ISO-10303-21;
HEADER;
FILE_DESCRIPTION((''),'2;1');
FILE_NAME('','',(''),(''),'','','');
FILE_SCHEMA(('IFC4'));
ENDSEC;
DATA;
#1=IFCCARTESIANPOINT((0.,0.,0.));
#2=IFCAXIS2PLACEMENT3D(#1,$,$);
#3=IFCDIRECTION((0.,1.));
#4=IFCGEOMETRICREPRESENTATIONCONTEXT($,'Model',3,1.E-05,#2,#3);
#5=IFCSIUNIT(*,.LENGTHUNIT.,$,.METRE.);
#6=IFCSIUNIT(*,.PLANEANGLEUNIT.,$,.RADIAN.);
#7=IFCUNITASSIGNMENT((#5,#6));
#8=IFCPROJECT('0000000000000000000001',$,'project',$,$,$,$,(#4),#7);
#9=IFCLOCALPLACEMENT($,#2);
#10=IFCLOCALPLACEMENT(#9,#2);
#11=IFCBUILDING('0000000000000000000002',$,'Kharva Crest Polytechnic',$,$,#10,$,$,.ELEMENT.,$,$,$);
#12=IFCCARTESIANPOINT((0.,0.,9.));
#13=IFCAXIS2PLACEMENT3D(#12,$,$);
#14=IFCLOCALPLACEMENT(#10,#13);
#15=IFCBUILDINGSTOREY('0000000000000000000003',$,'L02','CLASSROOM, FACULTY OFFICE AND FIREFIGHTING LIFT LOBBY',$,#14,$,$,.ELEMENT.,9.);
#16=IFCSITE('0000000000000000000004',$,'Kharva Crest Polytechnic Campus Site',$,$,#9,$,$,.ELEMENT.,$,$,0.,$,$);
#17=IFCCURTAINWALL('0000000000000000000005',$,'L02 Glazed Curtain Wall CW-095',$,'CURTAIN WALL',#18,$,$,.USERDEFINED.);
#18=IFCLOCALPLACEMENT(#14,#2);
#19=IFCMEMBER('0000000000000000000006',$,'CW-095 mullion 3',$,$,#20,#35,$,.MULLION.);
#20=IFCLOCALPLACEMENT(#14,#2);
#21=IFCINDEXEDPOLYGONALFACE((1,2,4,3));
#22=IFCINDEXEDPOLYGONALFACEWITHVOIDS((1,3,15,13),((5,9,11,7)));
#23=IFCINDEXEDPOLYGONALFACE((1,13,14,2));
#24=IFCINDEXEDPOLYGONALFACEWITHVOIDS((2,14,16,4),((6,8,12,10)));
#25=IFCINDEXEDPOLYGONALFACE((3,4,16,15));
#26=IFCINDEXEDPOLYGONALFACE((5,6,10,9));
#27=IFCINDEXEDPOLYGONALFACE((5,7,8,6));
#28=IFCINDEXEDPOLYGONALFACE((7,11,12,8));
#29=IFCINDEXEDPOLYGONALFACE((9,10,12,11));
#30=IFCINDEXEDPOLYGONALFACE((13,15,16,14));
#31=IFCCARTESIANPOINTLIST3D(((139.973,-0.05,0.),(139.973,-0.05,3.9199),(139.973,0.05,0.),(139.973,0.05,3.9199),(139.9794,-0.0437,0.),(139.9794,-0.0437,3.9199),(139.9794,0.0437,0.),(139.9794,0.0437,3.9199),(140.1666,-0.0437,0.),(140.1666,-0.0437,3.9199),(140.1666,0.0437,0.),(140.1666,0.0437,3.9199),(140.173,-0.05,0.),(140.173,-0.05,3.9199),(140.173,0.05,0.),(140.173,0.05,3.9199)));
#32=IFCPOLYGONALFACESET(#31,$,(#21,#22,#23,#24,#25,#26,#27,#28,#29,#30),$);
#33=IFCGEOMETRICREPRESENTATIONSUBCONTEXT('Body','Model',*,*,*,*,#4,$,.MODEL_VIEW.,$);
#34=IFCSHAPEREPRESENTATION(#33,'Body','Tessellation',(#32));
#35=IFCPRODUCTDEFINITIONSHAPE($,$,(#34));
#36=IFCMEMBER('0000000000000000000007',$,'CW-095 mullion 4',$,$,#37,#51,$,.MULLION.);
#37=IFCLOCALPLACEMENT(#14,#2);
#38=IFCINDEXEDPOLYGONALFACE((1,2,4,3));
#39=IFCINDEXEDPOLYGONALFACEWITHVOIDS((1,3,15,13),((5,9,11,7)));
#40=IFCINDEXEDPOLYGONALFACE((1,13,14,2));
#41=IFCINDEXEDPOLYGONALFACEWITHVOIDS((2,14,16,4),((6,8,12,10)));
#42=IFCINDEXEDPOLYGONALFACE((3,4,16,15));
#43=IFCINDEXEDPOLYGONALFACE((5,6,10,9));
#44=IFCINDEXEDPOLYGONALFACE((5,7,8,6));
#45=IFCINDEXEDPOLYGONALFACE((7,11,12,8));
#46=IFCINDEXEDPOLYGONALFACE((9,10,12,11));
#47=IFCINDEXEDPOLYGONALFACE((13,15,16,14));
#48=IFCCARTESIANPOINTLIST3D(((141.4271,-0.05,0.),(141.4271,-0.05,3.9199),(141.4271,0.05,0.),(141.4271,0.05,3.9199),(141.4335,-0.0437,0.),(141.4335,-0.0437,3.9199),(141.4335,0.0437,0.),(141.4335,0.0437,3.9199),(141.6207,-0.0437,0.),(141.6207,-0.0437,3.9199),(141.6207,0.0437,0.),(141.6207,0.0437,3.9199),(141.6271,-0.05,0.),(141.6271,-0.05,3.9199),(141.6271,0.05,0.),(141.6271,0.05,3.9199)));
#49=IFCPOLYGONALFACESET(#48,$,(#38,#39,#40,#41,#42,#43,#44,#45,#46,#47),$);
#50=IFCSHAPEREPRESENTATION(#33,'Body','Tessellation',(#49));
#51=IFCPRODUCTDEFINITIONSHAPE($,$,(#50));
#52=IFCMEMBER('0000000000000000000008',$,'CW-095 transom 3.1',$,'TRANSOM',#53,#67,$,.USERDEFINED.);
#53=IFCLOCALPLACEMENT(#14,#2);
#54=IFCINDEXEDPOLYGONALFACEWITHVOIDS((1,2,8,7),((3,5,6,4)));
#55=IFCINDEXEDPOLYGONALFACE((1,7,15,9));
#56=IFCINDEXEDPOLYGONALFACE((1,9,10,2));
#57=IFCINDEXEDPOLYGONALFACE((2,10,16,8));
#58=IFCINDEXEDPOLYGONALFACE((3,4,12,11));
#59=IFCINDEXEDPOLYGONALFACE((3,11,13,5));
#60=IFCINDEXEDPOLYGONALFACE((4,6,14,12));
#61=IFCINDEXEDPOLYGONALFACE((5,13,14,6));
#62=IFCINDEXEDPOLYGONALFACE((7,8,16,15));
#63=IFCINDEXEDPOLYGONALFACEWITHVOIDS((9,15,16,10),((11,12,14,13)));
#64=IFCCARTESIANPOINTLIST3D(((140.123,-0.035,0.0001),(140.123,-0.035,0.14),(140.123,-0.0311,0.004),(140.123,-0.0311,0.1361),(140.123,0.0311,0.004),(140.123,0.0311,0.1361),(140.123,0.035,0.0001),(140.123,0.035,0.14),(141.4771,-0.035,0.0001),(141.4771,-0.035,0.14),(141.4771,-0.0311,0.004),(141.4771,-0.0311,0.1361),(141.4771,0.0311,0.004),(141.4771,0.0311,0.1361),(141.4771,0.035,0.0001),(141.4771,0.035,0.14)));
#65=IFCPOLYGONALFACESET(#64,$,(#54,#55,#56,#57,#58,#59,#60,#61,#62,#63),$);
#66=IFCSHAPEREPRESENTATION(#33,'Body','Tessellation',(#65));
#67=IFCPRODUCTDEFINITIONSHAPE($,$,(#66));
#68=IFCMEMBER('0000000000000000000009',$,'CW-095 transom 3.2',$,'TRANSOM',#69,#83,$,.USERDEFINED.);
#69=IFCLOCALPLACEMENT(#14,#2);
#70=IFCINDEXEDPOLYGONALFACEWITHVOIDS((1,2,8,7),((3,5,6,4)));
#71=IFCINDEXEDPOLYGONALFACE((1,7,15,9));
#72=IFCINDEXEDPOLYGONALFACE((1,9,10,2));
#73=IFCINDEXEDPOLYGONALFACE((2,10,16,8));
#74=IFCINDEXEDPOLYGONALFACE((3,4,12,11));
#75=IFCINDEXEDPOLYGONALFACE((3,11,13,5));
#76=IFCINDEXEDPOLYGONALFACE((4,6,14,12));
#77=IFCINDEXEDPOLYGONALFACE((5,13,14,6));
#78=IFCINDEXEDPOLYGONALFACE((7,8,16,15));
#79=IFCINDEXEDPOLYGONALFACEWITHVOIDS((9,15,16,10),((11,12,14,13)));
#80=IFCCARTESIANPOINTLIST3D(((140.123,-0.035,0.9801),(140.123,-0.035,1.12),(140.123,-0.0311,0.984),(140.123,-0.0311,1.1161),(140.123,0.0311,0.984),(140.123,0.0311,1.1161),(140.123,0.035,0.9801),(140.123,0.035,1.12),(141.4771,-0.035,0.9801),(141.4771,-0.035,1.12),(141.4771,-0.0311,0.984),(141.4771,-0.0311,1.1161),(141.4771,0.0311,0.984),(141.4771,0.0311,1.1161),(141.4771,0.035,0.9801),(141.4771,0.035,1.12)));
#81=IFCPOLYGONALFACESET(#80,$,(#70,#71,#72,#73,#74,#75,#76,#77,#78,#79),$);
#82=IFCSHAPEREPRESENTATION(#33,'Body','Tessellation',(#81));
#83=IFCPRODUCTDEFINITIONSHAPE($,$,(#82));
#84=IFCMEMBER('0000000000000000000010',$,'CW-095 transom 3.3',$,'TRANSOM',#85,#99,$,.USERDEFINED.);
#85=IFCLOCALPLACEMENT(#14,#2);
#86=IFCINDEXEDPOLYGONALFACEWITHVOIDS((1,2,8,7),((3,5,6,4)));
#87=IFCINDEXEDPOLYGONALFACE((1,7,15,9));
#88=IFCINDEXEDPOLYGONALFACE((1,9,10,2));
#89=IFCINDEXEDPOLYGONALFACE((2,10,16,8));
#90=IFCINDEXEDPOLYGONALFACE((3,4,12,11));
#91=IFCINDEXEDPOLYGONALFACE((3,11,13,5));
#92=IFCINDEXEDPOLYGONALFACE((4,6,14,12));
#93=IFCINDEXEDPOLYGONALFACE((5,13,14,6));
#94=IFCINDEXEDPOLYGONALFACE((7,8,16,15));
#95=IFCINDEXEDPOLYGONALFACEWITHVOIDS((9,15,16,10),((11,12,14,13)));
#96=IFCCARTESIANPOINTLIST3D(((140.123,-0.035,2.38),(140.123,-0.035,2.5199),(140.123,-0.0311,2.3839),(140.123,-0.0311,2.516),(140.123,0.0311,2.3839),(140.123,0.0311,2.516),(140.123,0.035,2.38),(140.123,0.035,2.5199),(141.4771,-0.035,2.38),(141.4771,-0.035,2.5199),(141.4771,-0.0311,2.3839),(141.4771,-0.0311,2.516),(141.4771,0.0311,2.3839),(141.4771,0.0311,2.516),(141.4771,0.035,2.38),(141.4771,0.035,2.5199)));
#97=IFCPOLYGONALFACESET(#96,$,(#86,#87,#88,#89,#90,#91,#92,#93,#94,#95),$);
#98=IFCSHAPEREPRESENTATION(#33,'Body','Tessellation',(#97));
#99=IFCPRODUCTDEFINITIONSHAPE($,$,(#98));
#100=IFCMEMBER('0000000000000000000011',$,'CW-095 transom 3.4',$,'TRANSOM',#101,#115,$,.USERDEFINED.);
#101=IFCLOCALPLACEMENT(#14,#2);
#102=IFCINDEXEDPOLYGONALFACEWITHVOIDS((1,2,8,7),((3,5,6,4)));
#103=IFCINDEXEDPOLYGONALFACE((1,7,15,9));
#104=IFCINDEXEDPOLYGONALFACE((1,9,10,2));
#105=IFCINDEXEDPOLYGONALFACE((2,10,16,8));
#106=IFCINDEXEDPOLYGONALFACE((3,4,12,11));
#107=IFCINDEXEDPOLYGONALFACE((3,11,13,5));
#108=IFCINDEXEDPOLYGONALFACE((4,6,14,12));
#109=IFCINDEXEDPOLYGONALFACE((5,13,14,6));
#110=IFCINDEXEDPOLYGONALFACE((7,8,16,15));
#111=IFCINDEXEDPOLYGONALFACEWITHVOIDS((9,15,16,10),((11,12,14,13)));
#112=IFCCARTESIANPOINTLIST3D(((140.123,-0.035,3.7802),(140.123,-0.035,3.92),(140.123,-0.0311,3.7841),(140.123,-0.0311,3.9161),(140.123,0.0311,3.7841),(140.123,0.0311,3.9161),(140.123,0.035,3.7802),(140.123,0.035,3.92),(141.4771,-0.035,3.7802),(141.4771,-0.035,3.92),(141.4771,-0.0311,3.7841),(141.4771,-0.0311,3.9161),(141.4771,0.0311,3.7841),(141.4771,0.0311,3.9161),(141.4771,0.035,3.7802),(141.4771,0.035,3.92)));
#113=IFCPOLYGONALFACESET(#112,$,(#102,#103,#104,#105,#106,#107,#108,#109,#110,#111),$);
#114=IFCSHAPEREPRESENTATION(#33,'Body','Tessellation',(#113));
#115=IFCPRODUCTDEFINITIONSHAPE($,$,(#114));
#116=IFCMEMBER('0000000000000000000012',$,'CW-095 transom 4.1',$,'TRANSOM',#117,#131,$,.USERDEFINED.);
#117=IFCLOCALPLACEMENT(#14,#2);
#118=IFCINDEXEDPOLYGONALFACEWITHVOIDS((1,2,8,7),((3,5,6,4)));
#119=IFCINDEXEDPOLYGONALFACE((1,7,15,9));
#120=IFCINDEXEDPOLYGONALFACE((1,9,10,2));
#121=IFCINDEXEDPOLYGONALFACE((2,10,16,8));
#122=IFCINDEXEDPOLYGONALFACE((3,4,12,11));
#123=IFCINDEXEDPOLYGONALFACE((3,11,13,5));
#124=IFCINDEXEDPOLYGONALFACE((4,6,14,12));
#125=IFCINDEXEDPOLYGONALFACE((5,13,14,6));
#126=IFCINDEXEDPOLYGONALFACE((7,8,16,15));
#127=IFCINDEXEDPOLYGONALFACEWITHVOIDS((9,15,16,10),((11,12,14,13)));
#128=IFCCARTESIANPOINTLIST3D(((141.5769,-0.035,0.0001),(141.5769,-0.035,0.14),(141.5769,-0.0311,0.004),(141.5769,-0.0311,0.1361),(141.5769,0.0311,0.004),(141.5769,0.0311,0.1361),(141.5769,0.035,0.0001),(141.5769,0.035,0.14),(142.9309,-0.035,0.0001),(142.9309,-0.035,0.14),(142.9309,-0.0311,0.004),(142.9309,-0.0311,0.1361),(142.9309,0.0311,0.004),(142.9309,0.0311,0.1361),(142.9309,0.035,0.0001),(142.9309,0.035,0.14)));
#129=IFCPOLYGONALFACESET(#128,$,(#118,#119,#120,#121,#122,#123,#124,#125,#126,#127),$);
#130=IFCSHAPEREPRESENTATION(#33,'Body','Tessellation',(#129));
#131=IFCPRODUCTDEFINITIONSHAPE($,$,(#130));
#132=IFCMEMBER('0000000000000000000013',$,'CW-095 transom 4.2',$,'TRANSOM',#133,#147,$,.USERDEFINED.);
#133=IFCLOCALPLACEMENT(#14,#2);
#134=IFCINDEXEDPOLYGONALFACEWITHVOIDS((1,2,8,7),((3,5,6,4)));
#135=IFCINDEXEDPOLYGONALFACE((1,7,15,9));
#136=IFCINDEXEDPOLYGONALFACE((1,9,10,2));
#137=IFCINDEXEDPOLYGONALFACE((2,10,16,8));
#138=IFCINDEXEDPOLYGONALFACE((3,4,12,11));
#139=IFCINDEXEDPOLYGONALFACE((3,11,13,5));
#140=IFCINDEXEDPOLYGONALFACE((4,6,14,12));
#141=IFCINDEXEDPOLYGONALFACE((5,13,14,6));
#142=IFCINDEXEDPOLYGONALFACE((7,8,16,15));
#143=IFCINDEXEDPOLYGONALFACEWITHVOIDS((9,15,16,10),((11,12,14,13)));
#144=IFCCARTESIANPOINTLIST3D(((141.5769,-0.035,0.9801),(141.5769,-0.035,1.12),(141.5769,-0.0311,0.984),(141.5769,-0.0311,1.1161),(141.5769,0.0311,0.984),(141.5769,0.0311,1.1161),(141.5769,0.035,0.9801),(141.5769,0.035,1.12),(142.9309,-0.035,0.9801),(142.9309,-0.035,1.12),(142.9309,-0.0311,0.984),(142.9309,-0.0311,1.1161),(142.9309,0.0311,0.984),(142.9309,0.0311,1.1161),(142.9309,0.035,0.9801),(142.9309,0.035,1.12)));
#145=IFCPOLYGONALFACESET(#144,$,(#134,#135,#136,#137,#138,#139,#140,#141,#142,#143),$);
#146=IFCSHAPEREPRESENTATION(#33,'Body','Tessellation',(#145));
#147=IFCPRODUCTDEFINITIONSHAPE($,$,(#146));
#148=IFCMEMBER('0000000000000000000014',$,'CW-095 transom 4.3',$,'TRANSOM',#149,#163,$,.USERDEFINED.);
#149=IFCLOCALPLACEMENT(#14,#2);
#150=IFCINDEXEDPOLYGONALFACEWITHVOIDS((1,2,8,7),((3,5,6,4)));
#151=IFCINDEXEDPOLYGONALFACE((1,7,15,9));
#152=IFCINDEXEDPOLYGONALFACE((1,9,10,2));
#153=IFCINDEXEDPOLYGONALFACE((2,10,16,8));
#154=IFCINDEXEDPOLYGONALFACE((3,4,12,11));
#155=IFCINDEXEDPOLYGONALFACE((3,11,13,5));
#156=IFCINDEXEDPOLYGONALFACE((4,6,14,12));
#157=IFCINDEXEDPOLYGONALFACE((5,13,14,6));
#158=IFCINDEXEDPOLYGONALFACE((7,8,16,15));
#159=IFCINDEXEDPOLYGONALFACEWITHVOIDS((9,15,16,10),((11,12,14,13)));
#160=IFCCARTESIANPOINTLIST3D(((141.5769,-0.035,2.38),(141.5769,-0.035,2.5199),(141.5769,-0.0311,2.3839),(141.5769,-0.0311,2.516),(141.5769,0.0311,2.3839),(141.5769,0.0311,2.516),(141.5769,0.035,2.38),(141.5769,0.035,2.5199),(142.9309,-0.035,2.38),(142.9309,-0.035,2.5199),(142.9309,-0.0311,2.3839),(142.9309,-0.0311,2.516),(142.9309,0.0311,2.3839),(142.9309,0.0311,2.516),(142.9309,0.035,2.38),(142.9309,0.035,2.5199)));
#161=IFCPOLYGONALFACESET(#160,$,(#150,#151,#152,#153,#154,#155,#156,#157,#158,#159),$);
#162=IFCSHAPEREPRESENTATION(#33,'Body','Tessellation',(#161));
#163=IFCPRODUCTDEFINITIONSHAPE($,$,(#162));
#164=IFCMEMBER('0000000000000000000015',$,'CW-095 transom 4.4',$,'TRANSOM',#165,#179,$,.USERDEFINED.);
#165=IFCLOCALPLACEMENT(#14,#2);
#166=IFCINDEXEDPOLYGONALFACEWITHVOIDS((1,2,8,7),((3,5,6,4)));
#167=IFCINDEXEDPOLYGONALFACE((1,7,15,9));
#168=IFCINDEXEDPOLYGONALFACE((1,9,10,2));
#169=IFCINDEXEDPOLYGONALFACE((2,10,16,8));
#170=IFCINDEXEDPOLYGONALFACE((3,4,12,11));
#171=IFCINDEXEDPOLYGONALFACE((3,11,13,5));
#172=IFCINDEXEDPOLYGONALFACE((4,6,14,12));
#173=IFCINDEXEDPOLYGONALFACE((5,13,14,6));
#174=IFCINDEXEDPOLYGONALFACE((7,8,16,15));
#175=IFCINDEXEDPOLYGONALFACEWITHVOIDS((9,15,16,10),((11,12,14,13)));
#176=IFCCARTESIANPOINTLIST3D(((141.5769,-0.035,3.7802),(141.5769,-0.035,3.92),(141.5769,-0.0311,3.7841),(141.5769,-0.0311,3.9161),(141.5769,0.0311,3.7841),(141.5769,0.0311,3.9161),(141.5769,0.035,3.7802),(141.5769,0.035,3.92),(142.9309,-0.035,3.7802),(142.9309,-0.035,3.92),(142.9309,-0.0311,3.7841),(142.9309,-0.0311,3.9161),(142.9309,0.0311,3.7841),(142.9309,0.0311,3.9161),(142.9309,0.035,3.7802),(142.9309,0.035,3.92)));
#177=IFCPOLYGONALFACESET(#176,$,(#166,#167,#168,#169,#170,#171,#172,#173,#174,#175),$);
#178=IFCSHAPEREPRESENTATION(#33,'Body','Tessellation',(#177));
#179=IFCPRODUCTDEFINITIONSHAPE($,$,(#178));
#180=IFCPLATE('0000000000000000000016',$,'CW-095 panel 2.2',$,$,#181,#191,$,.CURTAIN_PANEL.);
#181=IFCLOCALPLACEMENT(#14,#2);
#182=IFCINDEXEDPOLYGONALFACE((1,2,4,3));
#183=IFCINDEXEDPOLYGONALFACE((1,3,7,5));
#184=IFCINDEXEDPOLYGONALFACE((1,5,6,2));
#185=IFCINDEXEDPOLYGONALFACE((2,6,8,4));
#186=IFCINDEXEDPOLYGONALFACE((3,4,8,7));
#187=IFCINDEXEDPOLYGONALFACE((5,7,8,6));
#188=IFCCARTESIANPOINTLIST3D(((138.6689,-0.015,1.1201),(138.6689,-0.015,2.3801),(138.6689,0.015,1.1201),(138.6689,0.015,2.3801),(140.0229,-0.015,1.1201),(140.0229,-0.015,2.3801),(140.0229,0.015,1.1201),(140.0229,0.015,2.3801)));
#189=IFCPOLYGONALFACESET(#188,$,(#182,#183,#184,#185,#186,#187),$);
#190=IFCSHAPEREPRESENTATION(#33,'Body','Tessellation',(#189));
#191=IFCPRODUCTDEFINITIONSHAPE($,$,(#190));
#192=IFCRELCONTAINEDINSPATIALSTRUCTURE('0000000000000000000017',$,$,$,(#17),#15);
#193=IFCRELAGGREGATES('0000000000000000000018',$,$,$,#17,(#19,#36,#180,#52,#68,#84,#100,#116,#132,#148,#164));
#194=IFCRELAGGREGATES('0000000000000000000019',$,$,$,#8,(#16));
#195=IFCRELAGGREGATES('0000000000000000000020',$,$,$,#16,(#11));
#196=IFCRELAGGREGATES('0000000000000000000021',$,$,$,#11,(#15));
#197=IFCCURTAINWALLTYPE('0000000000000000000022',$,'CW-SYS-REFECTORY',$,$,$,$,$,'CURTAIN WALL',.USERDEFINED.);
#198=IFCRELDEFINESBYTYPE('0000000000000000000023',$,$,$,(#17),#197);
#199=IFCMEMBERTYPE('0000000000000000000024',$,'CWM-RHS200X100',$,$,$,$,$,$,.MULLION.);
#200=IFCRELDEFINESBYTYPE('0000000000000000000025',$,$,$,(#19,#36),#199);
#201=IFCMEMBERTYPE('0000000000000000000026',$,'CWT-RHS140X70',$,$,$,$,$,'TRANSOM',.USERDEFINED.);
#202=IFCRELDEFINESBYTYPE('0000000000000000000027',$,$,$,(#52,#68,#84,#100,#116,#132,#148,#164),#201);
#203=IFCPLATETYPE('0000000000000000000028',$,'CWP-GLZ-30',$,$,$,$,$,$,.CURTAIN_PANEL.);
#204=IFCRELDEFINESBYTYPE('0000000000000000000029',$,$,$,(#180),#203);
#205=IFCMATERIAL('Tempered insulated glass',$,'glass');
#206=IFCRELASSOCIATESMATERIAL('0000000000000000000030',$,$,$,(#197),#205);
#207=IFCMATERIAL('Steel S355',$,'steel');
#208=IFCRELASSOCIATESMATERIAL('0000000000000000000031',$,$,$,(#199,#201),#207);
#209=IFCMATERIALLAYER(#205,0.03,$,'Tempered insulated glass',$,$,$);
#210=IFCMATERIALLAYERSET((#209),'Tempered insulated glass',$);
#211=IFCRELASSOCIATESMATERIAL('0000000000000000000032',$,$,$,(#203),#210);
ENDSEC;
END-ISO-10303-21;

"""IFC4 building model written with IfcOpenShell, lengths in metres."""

from ifc_helpers import new_model, si_unit, direction, frame, origin, origin_2d, place, context, subcontext, project, spatial, rectangle, hollow_rectangle, extrude, material, layer, layer_set, material_profile, profile_set, type_object, element, aggregate, save


model = new_model("IFC4")

# Units and contexts
model_context = context("Model", 3, precision=1e-05, world=origin(), true_north=direction((0.0, 1.0)))
body_context = subcontext(model_context, "Body", "Model", "MODEL_VIEW")
ifc_project = project(units=[si_unit("LENGTHUNIT", "METRE"), si_unit("PLANEANGLEUNIT", "RADIAN")], contexts=[model_context])

# Site, building, storey
site_placement = place(None, origin())
site = spatial("IfcSite", under=ifc_project, at=site_placement, Name="Kharva Crest Polytechnic Campus Site", CompositionType="ELEMENT", RefElevation=0.0)
building_placement = place(site_placement, origin())
building = spatial("IfcBuilding", under=site, at=building_placement, Name="Kharva Crest Polytechnic", CompositionType="ELEMENT")
storey_placement = place(building_placement, frame((0.0, 0.0, 9.0)))
storey = spatial("IfcBuildingStorey", under=building, at=storey_placement, Name="L02", Description="CLASSROOM, FACULTY OFFICE AND FIREFIGHTING LIFT LOBBY", CompositionType="ELEMENT", Elevation=9.0)

# Curtain wall, members, plate
ifc_material_1 = material(Name="Tempered insulated glass", Category="glass")
curtain_wall_type = type_object("IfcCurtainWallType", Name="CW-SYS-REFECTORY", ElementType="CURTAIN WALL", PredefinedType="USERDEFINED", material=ifc_material_1)
curtain_wall_placement = place(storey_placement, origin())
curtain_wall = element("IfcCurtainWall", 1, at=curtain_wall_placement, inside=storey, type_object=curtain_wall_type, Name="L02 Glazed Curtain Wall CW-095", ObjectType="CURTAIN WALL", PredefinedType="USERDEFINED")
ifc_material_2 = material(Name="Steel S355", Category="steel")
ifc_material_profile_1 = material_profile(ifc_material_2, hollow_rectangle(XDim=0.1001, YDim=0.2, WallThickness=0.0063, at=origin_2d()), Name="RHS 200X100X6.3")
ifc_profile_set_1 = profile_set([ifc_material_profile_1], Name="Steel S355")
member_type_1 = type_object("IfcMemberType", Name="CWM-RHS200X100", PredefinedType="MULLION", material=ifc_profile_set_1)
member_1_placement = place(storey_placement, frame((140.073, 0.0, 0.0), z_axis=(0.0, 0.0, 1.0), x_axis=(0.0, 1.0, 0.0)))
member_1 = element("IfcMember", 2, at=member_1_placement, type_object=member_type_1, Name="CW-095 mullion 3", PredefinedType="MULLION", context=body_context, shape_type="SweptSolid", body=[
    extrude(hollow_rectangle(XDim=0.1001, YDim=0.2, WallThickness=0.0063, at=origin_2d()), origin(), (0.0, 0.0, 1.0), 3.9199),
])
member_2_placement = place(storey_placement, frame((141.5271, 0.0, 0.0), z_axis=(0.0, 0.0, 1.0), x_axis=(0.0, 1.0, 0.0)))
member_2 = element("IfcMember", 3, at=member_2_placement, type_object=member_type_1, Name="CW-095 mullion 4", PredefinedType="MULLION", context=body_context, shape_type="SweptSolid", body=[
    extrude(hollow_rectangle(XDim=0.1001, YDim=0.2, WallThickness=0.0063, at=origin_2d()), origin(), (0.0, 0.0, 1.0), 3.9199),
])
ifc_material_profile_2 = material_profile(ifc_material_2, hollow_rectangle(XDim=0.0701, YDim=0.1399, WallThickness=0.0039, at=origin_2d()), Name="RHS 140X70X4.0")
ifc_profile_set_2 = profile_set([ifc_material_profile_2], Name="Steel S355")
member_type_2 = type_object("IfcMemberType", Name="CWT-RHS140X70", ElementType="TRANSOM", PredefinedType="USERDEFINED", material=ifc_profile_set_2)
member_3_placement = place(storey_placement, frame((140.123, 0.0, 0.0701), z_axis=(1.0, 0.0, 0.0), x_axis=(0.0, 1.0, 0.0)))
member_3 = element("IfcMember", 4, at=member_3_placement, type_object=member_type_2, Name="CW-095 transom 3.1", ObjectType="TRANSOM", PredefinedType="USERDEFINED", context=body_context, shape_type="SweptSolid", body=[
    extrude(hollow_rectangle(XDim=0.0701, YDim=0.1399, WallThickness=0.0039, at=origin_2d()), origin(), (0.0, 0.0, 1.0), 1.354),
])
member_4_placement = place(storey_placement, frame((140.123, 0.0, 1.05), z_axis=(1.0, 0.0, 0.0), x_axis=(0.0, 1.0, 0.0)))
member_4 = element("IfcMember", 5, at=member_4_placement, type_object=member_type_2, Name="CW-095 transom 3.2", ObjectType="TRANSOM", PredefinedType="USERDEFINED", context=body_context, shape_type="SweptSolid", body=[
    extrude(hollow_rectangle(XDim=0.0701, YDim=0.1399, WallThickness=0.0039, at=origin_2d()), origin(), (0.0, 0.0, 1.0), 1.354),
])
member_5_placement = place(storey_placement, frame((140.123, 0.0, 2.45), z_axis=(1.0, 0.0, 0.0), x_axis=(0.0, 1.0, 0.0)))
member_5 = element("IfcMember", 6, at=member_5_placement, type_object=member_type_2, Name="CW-095 transom 3.3", ObjectType="TRANSOM", PredefinedType="USERDEFINED", context=body_context, shape_type="SweptSolid", body=[
    extrude(hollow_rectangle(XDim=0.0701, YDim=0.1399, WallThickness=0.0039, at=origin_2d()), origin(), (0.0, 0.0, 1.0), 1.354),
])
member_6_placement = place(storey_placement, frame((140.123, 0.0, 3.8501), z_axis=(1.0, 0.0, 0.0), x_axis=(0.0, 1.0, 0.0)))
member_6 = element("IfcMember", 7, at=member_6_placement, type_object=member_type_2, Name="CW-095 transom 3.4", ObjectType="TRANSOM", PredefinedType="USERDEFINED", context=body_context, shape_type="SweptSolid", body=[
    extrude(hollow_rectangle(XDim=0.0701, YDim=0.1399, WallThickness=0.0039, at=origin_2d()), origin(), (0.0, 0.0, 1.0), 1.354),
])
member_7_placement = place(storey_placement, frame((141.5769, 0.0, 0.0701), z_axis=(1.0, 0.0, 0.0), x_axis=(0.0, 1.0, 0.0)))
member_7 = element("IfcMember", 8, at=member_7_placement, type_object=member_type_2, Name="CW-095 transom 4.1", ObjectType="TRANSOM", PredefinedType="USERDEFINED", context=body_context, shape_type="SweptSolid", body=[
    extrude(hollow_rectangle(XDim=0.0701, YDim=0.1399, WallThickness=0.0039, at=origin_2d()), origin(), (0.0, 0.0, 1.0), 1.354),
])
member_8_placement = place(storey_placement, frame((141.5769, 0.0, 1.05), z_axis=(1.0, 0.0, 0.0), x_axis=(0.0, 1.0, 0.0)))
member_8 = element("IfcMember", 9, at=member_8_placement, type_object=member_type_2, Name="CW-095 transom 4.2", ObjectType="TRANSOM", PredefinedType="USERDEFINED", context=body_context, shape_type="SweptSolid", body=[
    extrude(hollow_rectangle(XDim=0.0701, YDim=0.1399, WallThickness=0.0039, at=origin_2d()), origin(), (0.0, 0.0, 1.0), 1.354),
])
member_9_placement = place(storey_placement, frame((141.5769, 0.0, 2.45), z_axis=(1.0, 0.0, 0.0), x_axis=(0.0, 1.0, 0.0)))
member_9 = element("IfcMember", 10, at=member_9_placement, type_object=member_type_2, Name="CW-095 transom 4.3", ObjectType="TRANSOM", PredefinedType="USERDEFINED", context=body_context, shape_type="SweptSolid", body=[
    extrude(hollow_rectangle(XDim=0.0701, YDim=0.1399, WallThickness=0.0039, at=origin_2d()), origin(), (0.0, 0.0, 1.0), 1.354),
])
member_10_placement = place(storey_placement, frame((141.5769, 0.0, 3.8501), z_axis=(1.0, 0.0, 0.0), x_axis=(0.0, 1.0, 0.0)))
member_10 = element("IfcMember", 11, at=member_10_placement, type_object=member_type_2, Name="CW-095 transom 4.4", ObjectType="TRANSOM", PredefinedType="USERDEFINED", context=body_context, shape_type="SweptSolid", body=[
    extrude(hollow_rectangle(XDim=0.0701, YDim=0.1399, WallThickness=0.0039, at=origin_2d()), origin(), (0.0, 0.0, 1.0), 1.354),
])
ifc_layer_1 = layer(ifc_material_1, 0.03, Name="Tempered insulated glass")
ifc_layer_set_1 = layer_set([ifc_layer_1], Name="Tempered insulated glass")
plate_type = type_object("IfcPlateType", Name="CWP-GLZ-30", PredefinedType="CURTAIN_PANEL", material=ifc_layer_set_1)
plate_1_placement = place(storey_placement, frame((139.3459, 0.0, 1.1201), z_axis=(0.0, 0.0, 1.0), x_axis=(1.0, 0.0, 0.0)))
plate_1 = element("IfcPlate", 12, at=plate_1_placement, type_object=plate_type, Name="CW-095 panel 2.2", PredefinedType="CURTAIN_PANEL", context=body_context, shape_type="SweptSolid", body=[
    extrude(rectangle(XDim=1.354, YDim=0.03, at=origin_2d()), origin(), (0.0, 0.0, 1.0), 1.26),
])
aggregate(curtain_wall, [member_1, member_2, plate_1, member_3, member_4, member_5, member_6, member_7, member_8, member_9, member_10])

save(model, "model.ifc")
